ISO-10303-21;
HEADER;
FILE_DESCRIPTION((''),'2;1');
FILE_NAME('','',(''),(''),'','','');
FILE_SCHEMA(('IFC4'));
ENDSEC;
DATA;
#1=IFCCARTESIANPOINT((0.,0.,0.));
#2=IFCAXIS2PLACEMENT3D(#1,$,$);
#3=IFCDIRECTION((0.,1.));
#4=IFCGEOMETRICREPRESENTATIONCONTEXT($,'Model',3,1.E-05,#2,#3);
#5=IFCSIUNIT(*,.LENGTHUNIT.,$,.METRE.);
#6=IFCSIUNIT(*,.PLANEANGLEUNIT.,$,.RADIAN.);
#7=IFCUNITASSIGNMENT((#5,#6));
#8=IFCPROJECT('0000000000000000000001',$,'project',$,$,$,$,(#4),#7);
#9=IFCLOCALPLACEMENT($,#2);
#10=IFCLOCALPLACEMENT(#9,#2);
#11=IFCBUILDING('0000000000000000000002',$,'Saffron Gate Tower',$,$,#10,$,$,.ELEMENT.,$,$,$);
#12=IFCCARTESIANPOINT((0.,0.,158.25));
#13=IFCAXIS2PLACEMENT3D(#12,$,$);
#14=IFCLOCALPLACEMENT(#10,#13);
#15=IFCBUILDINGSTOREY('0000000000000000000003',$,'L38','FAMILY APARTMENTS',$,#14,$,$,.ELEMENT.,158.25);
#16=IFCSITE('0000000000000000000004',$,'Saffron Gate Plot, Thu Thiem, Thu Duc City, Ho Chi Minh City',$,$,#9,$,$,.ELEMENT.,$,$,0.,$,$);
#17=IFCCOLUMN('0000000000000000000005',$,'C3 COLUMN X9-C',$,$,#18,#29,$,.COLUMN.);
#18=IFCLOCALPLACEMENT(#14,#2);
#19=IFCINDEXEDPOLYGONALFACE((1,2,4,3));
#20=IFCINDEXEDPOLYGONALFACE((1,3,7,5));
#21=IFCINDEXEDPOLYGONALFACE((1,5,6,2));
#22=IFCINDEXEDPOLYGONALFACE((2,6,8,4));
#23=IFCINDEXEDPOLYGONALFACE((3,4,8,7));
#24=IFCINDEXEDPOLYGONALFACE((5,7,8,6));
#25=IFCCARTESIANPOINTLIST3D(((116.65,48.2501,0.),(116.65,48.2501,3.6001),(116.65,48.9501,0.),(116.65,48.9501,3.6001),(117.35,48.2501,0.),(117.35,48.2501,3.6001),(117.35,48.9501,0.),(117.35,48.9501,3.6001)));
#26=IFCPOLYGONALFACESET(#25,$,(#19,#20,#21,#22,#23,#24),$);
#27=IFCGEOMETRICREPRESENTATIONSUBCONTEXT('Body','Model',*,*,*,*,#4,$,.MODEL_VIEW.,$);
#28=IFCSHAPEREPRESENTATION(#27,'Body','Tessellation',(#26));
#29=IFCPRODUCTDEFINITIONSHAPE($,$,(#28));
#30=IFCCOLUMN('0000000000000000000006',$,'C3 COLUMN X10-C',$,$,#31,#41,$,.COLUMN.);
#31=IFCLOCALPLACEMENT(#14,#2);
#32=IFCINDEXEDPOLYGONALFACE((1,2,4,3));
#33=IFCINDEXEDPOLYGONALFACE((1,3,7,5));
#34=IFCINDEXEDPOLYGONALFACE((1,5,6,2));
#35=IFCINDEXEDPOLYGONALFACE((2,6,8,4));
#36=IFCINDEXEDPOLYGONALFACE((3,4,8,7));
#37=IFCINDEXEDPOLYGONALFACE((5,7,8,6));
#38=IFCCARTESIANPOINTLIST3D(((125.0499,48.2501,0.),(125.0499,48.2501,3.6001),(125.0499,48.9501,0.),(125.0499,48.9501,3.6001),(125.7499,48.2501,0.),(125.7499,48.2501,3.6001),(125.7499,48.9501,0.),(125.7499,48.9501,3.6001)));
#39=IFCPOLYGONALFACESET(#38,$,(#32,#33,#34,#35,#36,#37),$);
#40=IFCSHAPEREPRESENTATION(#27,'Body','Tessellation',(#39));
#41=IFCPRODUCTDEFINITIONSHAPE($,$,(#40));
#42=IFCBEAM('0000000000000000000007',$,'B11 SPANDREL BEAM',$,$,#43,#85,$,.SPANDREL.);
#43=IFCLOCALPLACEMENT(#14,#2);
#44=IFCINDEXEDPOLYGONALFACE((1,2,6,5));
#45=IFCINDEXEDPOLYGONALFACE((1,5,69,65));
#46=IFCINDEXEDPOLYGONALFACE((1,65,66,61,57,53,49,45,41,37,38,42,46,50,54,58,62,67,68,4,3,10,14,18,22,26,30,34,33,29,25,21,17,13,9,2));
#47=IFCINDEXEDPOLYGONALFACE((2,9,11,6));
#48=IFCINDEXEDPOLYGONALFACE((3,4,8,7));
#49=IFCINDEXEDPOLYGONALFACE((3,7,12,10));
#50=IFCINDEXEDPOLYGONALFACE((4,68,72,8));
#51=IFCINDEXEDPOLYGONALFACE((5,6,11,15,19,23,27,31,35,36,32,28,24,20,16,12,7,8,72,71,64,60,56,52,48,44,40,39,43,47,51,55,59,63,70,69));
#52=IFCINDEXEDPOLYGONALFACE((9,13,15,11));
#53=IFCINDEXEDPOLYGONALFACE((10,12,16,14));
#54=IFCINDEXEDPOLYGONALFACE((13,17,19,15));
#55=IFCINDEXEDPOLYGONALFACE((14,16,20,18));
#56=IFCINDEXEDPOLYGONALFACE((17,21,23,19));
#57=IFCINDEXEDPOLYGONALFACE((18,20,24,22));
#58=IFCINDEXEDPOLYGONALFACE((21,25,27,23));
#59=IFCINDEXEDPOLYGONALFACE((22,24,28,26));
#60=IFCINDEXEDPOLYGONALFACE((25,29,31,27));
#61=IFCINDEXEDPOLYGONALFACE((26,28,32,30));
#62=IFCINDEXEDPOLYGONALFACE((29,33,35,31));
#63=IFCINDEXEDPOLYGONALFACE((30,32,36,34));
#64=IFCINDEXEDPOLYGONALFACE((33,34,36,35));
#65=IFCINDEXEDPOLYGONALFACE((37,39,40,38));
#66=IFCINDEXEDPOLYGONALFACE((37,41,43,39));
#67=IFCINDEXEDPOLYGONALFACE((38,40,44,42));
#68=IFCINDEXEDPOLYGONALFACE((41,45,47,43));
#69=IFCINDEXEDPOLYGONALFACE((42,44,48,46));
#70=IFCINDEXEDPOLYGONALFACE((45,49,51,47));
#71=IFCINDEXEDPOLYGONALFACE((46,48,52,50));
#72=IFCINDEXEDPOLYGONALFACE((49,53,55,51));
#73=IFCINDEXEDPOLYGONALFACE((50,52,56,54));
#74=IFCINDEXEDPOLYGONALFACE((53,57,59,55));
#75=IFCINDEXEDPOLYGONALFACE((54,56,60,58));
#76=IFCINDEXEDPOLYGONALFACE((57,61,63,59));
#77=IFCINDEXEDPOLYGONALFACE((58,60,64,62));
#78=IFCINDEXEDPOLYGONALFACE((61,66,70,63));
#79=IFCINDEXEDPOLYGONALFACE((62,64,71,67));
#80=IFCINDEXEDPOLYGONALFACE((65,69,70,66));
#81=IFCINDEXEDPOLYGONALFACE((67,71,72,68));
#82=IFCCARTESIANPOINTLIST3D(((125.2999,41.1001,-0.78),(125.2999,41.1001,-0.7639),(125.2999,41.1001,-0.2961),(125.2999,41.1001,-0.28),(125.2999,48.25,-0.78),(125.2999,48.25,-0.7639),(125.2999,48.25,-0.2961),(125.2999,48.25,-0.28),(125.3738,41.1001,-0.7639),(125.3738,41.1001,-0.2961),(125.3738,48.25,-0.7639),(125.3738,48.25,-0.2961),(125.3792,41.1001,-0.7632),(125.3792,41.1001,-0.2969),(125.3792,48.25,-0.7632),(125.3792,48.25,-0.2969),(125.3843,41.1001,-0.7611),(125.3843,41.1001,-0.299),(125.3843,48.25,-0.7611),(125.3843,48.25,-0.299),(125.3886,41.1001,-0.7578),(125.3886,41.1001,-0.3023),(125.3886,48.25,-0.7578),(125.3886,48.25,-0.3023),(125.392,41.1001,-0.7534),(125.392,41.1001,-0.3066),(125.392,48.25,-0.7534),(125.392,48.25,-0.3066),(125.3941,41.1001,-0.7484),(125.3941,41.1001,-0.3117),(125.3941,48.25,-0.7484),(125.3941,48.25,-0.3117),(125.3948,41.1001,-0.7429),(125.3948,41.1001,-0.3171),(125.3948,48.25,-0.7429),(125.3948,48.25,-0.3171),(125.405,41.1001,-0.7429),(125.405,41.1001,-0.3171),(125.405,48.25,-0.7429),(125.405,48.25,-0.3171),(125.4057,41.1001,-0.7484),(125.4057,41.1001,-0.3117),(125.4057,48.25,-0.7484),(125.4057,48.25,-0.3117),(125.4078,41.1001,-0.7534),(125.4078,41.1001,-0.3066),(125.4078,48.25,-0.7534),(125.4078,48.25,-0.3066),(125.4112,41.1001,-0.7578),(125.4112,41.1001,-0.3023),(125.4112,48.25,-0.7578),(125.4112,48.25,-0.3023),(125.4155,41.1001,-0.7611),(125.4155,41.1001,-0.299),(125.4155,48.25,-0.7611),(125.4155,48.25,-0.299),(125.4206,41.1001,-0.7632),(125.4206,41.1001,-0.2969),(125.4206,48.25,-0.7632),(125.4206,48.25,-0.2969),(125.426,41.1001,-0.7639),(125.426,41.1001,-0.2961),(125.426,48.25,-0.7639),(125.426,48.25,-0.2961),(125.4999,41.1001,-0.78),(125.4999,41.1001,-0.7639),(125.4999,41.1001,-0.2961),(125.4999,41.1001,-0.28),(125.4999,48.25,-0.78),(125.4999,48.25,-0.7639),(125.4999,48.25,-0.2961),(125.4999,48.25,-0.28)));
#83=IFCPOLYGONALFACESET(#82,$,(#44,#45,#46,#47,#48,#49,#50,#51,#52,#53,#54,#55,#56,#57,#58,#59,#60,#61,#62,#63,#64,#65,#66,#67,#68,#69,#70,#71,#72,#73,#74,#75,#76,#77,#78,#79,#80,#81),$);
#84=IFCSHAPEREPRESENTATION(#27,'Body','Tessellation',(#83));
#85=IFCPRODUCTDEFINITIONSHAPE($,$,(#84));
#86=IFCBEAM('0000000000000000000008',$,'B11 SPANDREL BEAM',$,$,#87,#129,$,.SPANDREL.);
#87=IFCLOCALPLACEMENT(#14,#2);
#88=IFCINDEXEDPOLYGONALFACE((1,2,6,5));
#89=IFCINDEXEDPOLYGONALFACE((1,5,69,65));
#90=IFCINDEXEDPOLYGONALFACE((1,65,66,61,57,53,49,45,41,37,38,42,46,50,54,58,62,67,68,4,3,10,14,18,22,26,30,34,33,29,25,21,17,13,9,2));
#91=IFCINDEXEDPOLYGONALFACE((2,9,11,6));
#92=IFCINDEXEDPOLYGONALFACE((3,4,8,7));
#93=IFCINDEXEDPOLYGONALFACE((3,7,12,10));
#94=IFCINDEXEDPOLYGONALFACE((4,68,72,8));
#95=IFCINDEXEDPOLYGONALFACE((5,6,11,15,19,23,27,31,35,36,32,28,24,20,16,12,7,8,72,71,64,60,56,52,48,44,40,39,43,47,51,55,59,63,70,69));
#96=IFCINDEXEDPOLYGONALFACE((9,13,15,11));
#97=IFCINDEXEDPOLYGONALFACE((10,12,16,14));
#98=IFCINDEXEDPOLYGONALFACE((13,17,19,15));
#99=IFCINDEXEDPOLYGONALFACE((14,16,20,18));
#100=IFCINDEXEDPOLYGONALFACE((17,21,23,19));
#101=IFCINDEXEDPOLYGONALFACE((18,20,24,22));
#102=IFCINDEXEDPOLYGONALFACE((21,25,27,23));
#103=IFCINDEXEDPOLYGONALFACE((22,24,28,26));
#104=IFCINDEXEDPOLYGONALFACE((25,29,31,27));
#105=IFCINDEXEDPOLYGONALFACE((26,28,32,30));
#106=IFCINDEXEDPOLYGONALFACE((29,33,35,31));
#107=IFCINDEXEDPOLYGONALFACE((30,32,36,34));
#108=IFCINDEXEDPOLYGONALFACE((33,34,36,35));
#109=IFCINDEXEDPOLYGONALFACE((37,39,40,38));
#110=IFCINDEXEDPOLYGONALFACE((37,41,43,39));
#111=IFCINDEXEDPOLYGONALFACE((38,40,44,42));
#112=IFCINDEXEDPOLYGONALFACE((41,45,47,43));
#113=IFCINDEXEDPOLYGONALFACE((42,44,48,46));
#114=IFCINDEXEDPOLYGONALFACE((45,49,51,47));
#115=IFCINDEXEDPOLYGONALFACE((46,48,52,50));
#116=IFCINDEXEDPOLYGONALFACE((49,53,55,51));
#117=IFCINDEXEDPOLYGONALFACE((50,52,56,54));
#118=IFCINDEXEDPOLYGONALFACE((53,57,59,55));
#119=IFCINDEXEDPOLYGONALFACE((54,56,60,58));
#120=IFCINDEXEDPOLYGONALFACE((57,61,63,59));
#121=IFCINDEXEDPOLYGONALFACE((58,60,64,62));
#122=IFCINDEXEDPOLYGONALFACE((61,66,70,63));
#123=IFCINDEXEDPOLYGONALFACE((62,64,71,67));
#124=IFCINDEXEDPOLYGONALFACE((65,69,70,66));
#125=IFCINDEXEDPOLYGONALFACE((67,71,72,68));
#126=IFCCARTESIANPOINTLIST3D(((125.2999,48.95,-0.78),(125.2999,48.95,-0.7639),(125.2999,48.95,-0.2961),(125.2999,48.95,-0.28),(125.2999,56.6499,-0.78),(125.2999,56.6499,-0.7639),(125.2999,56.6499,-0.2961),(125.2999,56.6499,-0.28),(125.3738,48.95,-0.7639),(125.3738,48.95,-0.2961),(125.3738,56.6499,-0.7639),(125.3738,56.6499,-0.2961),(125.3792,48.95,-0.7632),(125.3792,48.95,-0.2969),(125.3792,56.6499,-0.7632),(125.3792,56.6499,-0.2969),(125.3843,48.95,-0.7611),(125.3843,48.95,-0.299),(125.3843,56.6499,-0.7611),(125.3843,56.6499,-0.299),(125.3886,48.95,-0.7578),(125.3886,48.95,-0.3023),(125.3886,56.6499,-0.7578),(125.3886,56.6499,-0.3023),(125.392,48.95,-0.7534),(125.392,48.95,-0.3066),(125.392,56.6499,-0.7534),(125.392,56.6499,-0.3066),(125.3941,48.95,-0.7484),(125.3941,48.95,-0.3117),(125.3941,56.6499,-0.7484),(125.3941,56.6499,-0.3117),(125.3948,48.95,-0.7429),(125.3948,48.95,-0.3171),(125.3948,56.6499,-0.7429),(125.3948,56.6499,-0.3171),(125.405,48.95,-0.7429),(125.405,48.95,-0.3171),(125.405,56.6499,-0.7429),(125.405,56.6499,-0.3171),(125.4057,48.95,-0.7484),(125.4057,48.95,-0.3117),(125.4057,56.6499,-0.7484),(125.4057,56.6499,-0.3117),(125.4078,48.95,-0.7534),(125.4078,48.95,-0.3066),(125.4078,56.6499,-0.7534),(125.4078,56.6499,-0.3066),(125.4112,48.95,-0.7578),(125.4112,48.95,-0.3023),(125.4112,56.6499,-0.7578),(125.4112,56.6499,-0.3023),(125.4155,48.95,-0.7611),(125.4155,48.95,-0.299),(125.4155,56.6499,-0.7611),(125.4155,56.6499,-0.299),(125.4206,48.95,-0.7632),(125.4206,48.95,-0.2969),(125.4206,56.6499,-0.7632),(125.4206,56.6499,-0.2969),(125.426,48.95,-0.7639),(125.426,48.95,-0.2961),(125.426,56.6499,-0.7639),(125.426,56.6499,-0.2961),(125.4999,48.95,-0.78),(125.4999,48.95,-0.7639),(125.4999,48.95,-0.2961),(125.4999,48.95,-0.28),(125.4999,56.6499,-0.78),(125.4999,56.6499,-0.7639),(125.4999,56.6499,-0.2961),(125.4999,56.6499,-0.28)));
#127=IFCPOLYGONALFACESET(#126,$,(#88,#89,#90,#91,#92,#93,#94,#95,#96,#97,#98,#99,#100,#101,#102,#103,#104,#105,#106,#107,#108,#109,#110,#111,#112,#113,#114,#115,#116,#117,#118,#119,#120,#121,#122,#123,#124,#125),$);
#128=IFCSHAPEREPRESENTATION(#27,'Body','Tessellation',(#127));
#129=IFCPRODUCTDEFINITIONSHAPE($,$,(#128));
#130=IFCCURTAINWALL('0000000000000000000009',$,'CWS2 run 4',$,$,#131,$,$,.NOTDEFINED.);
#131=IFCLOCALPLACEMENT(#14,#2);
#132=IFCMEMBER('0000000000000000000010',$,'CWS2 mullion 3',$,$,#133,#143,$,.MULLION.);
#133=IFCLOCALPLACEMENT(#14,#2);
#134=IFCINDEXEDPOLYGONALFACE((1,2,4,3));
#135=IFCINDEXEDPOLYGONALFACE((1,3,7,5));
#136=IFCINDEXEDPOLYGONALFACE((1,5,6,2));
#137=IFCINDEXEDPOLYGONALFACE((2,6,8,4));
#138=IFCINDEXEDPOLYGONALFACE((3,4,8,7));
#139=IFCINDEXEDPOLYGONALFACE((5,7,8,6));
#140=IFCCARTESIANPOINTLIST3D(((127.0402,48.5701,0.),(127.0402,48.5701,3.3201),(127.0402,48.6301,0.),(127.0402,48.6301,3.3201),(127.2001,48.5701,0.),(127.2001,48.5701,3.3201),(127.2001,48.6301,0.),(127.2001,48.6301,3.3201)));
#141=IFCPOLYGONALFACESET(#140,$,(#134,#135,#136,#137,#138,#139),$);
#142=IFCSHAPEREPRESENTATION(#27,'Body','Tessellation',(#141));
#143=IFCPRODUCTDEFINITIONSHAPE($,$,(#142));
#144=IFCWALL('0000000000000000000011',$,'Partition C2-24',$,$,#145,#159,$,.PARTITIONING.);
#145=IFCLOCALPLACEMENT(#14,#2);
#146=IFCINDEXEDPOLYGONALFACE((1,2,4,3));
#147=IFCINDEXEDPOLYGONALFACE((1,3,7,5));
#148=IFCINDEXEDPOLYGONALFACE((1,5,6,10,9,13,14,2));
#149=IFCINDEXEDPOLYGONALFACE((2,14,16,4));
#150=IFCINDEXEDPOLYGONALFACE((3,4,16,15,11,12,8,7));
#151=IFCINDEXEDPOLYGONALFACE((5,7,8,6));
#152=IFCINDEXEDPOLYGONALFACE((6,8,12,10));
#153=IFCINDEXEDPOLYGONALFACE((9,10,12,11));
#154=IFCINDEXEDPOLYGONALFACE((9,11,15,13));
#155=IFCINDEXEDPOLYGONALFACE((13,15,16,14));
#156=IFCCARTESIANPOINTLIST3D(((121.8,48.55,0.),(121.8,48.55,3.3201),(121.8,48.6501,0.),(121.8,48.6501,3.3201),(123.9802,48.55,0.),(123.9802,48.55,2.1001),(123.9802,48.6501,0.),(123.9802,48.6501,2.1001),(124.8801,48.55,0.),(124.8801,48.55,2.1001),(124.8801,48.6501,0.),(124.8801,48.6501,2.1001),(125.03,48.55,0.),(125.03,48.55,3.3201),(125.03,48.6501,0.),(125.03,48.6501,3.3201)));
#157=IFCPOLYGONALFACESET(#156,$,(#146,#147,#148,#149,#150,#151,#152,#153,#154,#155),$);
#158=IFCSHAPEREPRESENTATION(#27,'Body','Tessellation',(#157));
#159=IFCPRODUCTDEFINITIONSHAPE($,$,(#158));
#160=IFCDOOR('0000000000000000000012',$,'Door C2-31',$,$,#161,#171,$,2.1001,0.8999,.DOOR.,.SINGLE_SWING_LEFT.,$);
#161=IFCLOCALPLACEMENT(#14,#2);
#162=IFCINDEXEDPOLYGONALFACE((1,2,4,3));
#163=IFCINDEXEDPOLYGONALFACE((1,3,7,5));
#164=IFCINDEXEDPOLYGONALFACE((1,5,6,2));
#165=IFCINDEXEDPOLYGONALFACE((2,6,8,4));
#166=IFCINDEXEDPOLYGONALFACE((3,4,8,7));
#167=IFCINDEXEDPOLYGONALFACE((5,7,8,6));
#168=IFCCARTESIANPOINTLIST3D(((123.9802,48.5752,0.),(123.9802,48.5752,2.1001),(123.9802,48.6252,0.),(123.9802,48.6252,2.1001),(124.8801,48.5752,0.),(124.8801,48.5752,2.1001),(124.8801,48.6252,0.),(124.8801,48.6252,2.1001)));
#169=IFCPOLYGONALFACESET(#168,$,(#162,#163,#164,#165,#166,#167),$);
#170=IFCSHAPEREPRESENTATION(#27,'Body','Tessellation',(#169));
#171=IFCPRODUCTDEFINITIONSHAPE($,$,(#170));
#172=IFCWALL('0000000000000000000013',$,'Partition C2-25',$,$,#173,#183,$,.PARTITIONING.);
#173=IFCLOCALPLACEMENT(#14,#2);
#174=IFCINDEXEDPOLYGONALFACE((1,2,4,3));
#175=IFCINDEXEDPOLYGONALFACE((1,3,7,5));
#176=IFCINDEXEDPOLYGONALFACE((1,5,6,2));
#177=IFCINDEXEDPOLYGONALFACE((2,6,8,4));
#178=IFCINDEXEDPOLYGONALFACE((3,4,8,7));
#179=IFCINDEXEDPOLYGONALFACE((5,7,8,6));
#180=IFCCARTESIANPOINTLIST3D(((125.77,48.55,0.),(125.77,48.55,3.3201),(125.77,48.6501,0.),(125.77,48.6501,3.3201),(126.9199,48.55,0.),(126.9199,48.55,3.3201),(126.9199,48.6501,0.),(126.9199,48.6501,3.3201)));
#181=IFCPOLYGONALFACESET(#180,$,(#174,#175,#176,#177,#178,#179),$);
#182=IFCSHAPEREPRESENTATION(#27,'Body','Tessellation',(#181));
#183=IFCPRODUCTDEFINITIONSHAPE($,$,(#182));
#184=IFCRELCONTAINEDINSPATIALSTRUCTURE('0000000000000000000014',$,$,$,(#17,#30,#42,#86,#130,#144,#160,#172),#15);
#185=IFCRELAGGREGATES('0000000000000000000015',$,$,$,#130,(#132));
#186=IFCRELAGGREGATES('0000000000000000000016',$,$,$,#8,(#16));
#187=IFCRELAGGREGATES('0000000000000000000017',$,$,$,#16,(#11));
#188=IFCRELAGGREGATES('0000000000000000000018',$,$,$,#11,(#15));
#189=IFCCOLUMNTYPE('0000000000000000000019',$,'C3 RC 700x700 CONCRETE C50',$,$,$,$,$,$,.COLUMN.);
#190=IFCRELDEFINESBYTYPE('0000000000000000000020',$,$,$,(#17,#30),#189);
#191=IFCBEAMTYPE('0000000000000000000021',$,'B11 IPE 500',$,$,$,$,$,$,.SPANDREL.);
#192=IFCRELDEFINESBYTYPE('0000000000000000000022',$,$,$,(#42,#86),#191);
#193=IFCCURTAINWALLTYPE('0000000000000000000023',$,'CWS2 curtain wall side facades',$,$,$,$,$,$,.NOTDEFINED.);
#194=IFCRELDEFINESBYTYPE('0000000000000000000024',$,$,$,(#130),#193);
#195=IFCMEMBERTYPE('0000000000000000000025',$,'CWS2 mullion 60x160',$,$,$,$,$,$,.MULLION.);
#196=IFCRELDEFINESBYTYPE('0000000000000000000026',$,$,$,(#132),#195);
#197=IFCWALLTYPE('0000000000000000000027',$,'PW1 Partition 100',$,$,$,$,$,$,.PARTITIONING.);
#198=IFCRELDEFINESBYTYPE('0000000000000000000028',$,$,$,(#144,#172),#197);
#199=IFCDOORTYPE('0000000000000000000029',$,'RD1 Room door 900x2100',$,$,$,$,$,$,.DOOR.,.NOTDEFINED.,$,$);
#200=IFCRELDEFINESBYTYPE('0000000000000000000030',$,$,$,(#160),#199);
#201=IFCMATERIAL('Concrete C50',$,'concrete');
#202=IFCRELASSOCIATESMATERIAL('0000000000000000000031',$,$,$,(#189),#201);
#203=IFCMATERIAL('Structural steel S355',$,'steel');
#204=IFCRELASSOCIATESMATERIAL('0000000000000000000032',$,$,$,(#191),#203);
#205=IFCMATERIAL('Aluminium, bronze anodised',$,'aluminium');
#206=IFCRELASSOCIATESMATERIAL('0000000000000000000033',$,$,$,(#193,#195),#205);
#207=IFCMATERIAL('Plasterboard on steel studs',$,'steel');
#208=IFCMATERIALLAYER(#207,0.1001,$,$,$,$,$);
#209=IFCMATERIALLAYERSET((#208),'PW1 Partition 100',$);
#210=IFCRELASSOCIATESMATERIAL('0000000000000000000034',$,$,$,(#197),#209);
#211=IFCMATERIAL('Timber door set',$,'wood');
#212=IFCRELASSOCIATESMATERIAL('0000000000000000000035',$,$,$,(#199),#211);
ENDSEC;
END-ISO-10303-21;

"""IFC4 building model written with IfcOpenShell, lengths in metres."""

from ifc_helpers import new_model, si_unit, direction, frame, frame_2d, origin, origin_2d, place, context, subcontext, project, spatial, rectangle, i_section, extrude, material, layer, layer_set, material_profile, profile_set, type_object, element, fill, aggregate, save


model = new_model("IFC4")

# Units and contexts
model_context = context("Model", 3, precision=1e-05, world=origin(), true_north=direction((0.0, 1.0)))
body_context = subcontext(model_context, "Body", "Model", "MODEL_VIEW")
ifc_project = project(units=[si_unit("LENGTHUNIT", "METRE"), si_unit("PLANEANGLEUNIT", "RADIAN")], contexts=[model_context])

# Site, building, storey
site_placement = place(None, origin())
site = spatial("IfcSite", under=ifc_project, at=site_placement, Name="Saffron Gate Plot, Thu Thiem, Thu Duc City, Ho Chi Minh City", CompositionType="ELEMENT", RefElevation=0.0)
building_placement = place(site_placement, origin())
building = spatial("IfcBuilding", under=site, at=building_placement, Name="Saffron Gate Tower", CompositionType="ELEMENT")
storey_placement = place(building_placement, frame((0.0, 0.0, 158.25)))
storey = spatial("IfcBuildingStorey", under=building, at=storey_placement, Name="L38", Description="FAMILY APARTMENTS", CompositionType="ELEMENT", Elevation=158.25)

# Columns
ifc_material_1 = material(Name="Concrete C50", Category="concrete")
ifc_material_profile_1 = material_profile(ifc_material_1, rectangle(XDim=0.7, YDim=0.7, at=origin_2d()))
ifc_profile_set_1 = profile_set([ifc_material_profile_1], Name="Concrete C50")
column_type = type_object("IfcColumnType", Name="C3 RC 700x700 CONCRETE C50", PredefinedType="COLUMN", material=ifc_profile_set_1)
for number, where, z_axis, x_axis, name in (
    (1, (117.0, 48.6001, 0.0), (0.0, 0.0, 1.0), (1.0, 0.0, 0.0), "C3 COLUMN X9-C"),
    (2, (125.3999, 48.6001, 0.0), (0.0, 0.0, 1.0), (1.0, 0.0, 0.0), "C3 COLUMN X10-C"),
):
    element("IfcColumn", number, at=place(storey_placement, frame(where, z_axis=z_axis, x_axis=x_axis)), inside=storey, type_object=column_type, Name=name, PredefinedType="COLUMN", context=body_context, shape_type="SweptSolid", body=[
        extrude(rectangle(XDim=0.7, YDim=0.7, at=origin_2d()), origin(), (0.0, 0.0, 1.0), 3.6001),
    ])

# Beams
ifc_material_2 = material(Name="Structural steel S355", Category="steel")
ifc_material_profile_2 = material_profile(ifc_material_2, i_section(OverallWidth=0.2, OverallDepth=0.5, WebThickness=0.0103, FlangeThickness=0.0161, FilletRadius=0.021, at=origin_2d()))
ifc_profile_set_2 = profile_set([ifc_material_profile_2], Name="Structural steel S355")
beam_type = type_object("IfcBeamType", Name="B11 IPE 500", PredefinedType="SPANDREL", material=ifc_profile_set_2)
beam_1_placement = place(storey_placement, frame((125.3999, 41.1001, -0.53), z_axis=(0.0, 1.0, 0.0), x_axis=(-1.0, 0.0, 0.0)))
element("IfcBeam", 3, at=beam_1_placement, inside=storey, type_object=beam_type, Name="B11 SPANDREL BEAM", PredefinedType="SPANDREL", context=body_context, shape_type="SweptSolid", body=[
    extrude(i_section(OverallWidth=0.2, OverallDepth=0.5, WebThickness=0.0103, FlangeThickness=0.0161, FilletRadius=0.021, at=origin_2d()), origin(), (0.0, 0.0, 1.0), 7.1499),
])
beam_2_placement = place(storey_placement, frame((125.3999, 48.95, -0.53), z_axis=(0.0, 1.0, 0.0), x_axis=(-1.0, 0.0, 0.0)))
element("IfcBeam", 4, at=beam_2_placement, inside=storey, type_object=beam_type, Name="B11 SPANDREL BEAM", PredefinedType="SPANDREL", context=body_context, shape_type="SweptSolid", body=[
    extrude(i_section(OverallWidth=0.2, OverallDepth=0.5, WebThickness=0.0103, FlangeThickness=0.0161, FilletRadius=0.021, at=origin_2d()), origin(), (0.0, 0.0, 1.0), 7.7),
])

# Curtain wall, member
ifc_material_3 = material(Name="Aluminium, bronze anodised", Category="aluminium")
curtain_wall_type = type_object("IfcCurtainWallType", Name="CWS2 curtain wall side facades", PredefinedType="NOTDEFINED", material=ifc_material_3)
curtain_wall_placement = place(storey_placement, origin())
curtain_wall = element("IfcCurtainWall", 5, at=curtain_wall_placement, inside=storey, type_object=curtain_wall_type, Name="CWS2 run 4", PredefinedType="NOTDEFINED")
ifc_material_profile_3 = material_profile(ifc_material_3, rectangle(XDim=0.1599, YDim=0.0601, at=origin_2d()))
ifc_profile_set_3 = profile_set([ifc_material_profile_3], Name="Aluminium, bronze anodised")
member_type = type_object("IfcMemberType", Name="CWS2 mullion 60x160", PredefinedType="MULLION", material=ifc_profile_set_3)
member_placement = place(storey_placement, frame((127.1201, 48.6001, 0.0), z_axis=(0.0, 0.0, 1.0), x_axis=(-1.0, 0.0, 0.0)))
member = element("IfcMember", 6, at=member_placement, type_object=member_type, Name="CWS2 mullion 3", PredefinedType="MULLION", context=body_context, shape_type="SweptSolid", body=[
    extrude(rectangle(XDim=0.1599, YDim=0.0601, at=origin_2d()), origin(), (0.0, 0.0, 1.0), 3.3201),
])
aggregate(curtain_wall, [member])

# Wall, opening, door
ifc_material_4 = material(Name="Plasterboard on steel studs", Category="steel")
ifc_layer_1 = layer(ifc_material_4, 0.1001)
ifc_layer_set_1 = layer_set([ifc_layer_1], Name="PW1 Partition 100")
wall_type_1 = type_object("IfcWallType", Name="PW1 Partition 100", PredefinedType="PARTITIONING", material=ifc_layer_set_1)
wall_1_placement = place(storey_placement, frame((125.03, 48.6001, 0.0), z_axis=(0.0, 0.0, 1.0), x_axis=(-1.0, 0.0, 0.0)))
wall_1 = element("IfcWall", 7, at=wall_1_placement, inside=storey, type_object=wall_type_1, Name="Partition C2-24", PredefinedType="PARTITIONING", context=body_context, shape_type="SweptSolid", body=[
    extrude(rectangle(XDim=3.23, YDim=0.1001, at=frame_2d((1.615, 0.0))), origin(), (0.0, 0.0, 1.0), 3.3201),
])
opening_1_placement = place(wall_1_placement, frame((0.1499, 0.0, 0.0)))
opening_1 = element("IfcOpeningElement", 8, at=opening_1_placement, cuts=wall_1, PredefinedType="OPENING", context=body_context, shape_type="SweptSolid", body=[
    extrude(rectangle(XDim=0.8999, YDim=2.1001, at=frame_2d((0.45, 1.05))), frame((0.0, 0.0601, 0.0), z_axis=(0.0, -1.0, 0.0), x_axis=(1.0, 0.0, 0.0)), (0.0, 0.0, 1.0), 0.1201),
])
ifc_material_5 = material(Name="Timber door set", Category="wood")
door_type_1 = type_object("IfcDoorType", Name="RD1 Room door 900x2100", OperationType="NOTDEFINED", PredefinedType="DOOR", material=ifc_material_5)
door_1_placement = place(opening_1_placement, origin())
door_1 = element("IfcDoor", 9, at=door_1_placement, inside=storey, type_object=door_type_1, Name="Door C2-31", OperationType="SINGLE_SWING_LEFT", OverallHeight=2.1001, OverallWidth=0.8999, PredefinedType="DOOR", context=body_context, shape_type="SweptSolid", body=[
    extrude(rectangle(XDim=0.8999, YDim=2.1001, at=frame_2d((0.45, 1.05))), frame((0.0, 0.0249, 0.0), z_axis=(0.0, -1.0, 0.0), x_axis=(1.0, 0.0, 0.0)), (0.0, 0.0, 1.0), 0.05),
])
fill(opening_1, door_1)

# Wall
wall_2_placement = place(storey_placement, frame((125.77, 48.6001, 0.0), z_axis=(0.0, 0.0, 1.0), x_axis=(1.0, 0.0, 0.0)))
element("IfcWall", 10, at=wall_2_placement, inside=storey, type_object=wall_type_1, Name="Partition C2-25", PredefinedType="PARTITIONING", context=body_context, shape_type="SweptSolid", body=[
    extrude(rectangle(XDim=1.1499, YDim=0.1001, at=frame_2d((0.575, 0.0))), origin(), (0.0, 0.0, 1.0), 3.3201),
])

save(model, "model.ifc")
